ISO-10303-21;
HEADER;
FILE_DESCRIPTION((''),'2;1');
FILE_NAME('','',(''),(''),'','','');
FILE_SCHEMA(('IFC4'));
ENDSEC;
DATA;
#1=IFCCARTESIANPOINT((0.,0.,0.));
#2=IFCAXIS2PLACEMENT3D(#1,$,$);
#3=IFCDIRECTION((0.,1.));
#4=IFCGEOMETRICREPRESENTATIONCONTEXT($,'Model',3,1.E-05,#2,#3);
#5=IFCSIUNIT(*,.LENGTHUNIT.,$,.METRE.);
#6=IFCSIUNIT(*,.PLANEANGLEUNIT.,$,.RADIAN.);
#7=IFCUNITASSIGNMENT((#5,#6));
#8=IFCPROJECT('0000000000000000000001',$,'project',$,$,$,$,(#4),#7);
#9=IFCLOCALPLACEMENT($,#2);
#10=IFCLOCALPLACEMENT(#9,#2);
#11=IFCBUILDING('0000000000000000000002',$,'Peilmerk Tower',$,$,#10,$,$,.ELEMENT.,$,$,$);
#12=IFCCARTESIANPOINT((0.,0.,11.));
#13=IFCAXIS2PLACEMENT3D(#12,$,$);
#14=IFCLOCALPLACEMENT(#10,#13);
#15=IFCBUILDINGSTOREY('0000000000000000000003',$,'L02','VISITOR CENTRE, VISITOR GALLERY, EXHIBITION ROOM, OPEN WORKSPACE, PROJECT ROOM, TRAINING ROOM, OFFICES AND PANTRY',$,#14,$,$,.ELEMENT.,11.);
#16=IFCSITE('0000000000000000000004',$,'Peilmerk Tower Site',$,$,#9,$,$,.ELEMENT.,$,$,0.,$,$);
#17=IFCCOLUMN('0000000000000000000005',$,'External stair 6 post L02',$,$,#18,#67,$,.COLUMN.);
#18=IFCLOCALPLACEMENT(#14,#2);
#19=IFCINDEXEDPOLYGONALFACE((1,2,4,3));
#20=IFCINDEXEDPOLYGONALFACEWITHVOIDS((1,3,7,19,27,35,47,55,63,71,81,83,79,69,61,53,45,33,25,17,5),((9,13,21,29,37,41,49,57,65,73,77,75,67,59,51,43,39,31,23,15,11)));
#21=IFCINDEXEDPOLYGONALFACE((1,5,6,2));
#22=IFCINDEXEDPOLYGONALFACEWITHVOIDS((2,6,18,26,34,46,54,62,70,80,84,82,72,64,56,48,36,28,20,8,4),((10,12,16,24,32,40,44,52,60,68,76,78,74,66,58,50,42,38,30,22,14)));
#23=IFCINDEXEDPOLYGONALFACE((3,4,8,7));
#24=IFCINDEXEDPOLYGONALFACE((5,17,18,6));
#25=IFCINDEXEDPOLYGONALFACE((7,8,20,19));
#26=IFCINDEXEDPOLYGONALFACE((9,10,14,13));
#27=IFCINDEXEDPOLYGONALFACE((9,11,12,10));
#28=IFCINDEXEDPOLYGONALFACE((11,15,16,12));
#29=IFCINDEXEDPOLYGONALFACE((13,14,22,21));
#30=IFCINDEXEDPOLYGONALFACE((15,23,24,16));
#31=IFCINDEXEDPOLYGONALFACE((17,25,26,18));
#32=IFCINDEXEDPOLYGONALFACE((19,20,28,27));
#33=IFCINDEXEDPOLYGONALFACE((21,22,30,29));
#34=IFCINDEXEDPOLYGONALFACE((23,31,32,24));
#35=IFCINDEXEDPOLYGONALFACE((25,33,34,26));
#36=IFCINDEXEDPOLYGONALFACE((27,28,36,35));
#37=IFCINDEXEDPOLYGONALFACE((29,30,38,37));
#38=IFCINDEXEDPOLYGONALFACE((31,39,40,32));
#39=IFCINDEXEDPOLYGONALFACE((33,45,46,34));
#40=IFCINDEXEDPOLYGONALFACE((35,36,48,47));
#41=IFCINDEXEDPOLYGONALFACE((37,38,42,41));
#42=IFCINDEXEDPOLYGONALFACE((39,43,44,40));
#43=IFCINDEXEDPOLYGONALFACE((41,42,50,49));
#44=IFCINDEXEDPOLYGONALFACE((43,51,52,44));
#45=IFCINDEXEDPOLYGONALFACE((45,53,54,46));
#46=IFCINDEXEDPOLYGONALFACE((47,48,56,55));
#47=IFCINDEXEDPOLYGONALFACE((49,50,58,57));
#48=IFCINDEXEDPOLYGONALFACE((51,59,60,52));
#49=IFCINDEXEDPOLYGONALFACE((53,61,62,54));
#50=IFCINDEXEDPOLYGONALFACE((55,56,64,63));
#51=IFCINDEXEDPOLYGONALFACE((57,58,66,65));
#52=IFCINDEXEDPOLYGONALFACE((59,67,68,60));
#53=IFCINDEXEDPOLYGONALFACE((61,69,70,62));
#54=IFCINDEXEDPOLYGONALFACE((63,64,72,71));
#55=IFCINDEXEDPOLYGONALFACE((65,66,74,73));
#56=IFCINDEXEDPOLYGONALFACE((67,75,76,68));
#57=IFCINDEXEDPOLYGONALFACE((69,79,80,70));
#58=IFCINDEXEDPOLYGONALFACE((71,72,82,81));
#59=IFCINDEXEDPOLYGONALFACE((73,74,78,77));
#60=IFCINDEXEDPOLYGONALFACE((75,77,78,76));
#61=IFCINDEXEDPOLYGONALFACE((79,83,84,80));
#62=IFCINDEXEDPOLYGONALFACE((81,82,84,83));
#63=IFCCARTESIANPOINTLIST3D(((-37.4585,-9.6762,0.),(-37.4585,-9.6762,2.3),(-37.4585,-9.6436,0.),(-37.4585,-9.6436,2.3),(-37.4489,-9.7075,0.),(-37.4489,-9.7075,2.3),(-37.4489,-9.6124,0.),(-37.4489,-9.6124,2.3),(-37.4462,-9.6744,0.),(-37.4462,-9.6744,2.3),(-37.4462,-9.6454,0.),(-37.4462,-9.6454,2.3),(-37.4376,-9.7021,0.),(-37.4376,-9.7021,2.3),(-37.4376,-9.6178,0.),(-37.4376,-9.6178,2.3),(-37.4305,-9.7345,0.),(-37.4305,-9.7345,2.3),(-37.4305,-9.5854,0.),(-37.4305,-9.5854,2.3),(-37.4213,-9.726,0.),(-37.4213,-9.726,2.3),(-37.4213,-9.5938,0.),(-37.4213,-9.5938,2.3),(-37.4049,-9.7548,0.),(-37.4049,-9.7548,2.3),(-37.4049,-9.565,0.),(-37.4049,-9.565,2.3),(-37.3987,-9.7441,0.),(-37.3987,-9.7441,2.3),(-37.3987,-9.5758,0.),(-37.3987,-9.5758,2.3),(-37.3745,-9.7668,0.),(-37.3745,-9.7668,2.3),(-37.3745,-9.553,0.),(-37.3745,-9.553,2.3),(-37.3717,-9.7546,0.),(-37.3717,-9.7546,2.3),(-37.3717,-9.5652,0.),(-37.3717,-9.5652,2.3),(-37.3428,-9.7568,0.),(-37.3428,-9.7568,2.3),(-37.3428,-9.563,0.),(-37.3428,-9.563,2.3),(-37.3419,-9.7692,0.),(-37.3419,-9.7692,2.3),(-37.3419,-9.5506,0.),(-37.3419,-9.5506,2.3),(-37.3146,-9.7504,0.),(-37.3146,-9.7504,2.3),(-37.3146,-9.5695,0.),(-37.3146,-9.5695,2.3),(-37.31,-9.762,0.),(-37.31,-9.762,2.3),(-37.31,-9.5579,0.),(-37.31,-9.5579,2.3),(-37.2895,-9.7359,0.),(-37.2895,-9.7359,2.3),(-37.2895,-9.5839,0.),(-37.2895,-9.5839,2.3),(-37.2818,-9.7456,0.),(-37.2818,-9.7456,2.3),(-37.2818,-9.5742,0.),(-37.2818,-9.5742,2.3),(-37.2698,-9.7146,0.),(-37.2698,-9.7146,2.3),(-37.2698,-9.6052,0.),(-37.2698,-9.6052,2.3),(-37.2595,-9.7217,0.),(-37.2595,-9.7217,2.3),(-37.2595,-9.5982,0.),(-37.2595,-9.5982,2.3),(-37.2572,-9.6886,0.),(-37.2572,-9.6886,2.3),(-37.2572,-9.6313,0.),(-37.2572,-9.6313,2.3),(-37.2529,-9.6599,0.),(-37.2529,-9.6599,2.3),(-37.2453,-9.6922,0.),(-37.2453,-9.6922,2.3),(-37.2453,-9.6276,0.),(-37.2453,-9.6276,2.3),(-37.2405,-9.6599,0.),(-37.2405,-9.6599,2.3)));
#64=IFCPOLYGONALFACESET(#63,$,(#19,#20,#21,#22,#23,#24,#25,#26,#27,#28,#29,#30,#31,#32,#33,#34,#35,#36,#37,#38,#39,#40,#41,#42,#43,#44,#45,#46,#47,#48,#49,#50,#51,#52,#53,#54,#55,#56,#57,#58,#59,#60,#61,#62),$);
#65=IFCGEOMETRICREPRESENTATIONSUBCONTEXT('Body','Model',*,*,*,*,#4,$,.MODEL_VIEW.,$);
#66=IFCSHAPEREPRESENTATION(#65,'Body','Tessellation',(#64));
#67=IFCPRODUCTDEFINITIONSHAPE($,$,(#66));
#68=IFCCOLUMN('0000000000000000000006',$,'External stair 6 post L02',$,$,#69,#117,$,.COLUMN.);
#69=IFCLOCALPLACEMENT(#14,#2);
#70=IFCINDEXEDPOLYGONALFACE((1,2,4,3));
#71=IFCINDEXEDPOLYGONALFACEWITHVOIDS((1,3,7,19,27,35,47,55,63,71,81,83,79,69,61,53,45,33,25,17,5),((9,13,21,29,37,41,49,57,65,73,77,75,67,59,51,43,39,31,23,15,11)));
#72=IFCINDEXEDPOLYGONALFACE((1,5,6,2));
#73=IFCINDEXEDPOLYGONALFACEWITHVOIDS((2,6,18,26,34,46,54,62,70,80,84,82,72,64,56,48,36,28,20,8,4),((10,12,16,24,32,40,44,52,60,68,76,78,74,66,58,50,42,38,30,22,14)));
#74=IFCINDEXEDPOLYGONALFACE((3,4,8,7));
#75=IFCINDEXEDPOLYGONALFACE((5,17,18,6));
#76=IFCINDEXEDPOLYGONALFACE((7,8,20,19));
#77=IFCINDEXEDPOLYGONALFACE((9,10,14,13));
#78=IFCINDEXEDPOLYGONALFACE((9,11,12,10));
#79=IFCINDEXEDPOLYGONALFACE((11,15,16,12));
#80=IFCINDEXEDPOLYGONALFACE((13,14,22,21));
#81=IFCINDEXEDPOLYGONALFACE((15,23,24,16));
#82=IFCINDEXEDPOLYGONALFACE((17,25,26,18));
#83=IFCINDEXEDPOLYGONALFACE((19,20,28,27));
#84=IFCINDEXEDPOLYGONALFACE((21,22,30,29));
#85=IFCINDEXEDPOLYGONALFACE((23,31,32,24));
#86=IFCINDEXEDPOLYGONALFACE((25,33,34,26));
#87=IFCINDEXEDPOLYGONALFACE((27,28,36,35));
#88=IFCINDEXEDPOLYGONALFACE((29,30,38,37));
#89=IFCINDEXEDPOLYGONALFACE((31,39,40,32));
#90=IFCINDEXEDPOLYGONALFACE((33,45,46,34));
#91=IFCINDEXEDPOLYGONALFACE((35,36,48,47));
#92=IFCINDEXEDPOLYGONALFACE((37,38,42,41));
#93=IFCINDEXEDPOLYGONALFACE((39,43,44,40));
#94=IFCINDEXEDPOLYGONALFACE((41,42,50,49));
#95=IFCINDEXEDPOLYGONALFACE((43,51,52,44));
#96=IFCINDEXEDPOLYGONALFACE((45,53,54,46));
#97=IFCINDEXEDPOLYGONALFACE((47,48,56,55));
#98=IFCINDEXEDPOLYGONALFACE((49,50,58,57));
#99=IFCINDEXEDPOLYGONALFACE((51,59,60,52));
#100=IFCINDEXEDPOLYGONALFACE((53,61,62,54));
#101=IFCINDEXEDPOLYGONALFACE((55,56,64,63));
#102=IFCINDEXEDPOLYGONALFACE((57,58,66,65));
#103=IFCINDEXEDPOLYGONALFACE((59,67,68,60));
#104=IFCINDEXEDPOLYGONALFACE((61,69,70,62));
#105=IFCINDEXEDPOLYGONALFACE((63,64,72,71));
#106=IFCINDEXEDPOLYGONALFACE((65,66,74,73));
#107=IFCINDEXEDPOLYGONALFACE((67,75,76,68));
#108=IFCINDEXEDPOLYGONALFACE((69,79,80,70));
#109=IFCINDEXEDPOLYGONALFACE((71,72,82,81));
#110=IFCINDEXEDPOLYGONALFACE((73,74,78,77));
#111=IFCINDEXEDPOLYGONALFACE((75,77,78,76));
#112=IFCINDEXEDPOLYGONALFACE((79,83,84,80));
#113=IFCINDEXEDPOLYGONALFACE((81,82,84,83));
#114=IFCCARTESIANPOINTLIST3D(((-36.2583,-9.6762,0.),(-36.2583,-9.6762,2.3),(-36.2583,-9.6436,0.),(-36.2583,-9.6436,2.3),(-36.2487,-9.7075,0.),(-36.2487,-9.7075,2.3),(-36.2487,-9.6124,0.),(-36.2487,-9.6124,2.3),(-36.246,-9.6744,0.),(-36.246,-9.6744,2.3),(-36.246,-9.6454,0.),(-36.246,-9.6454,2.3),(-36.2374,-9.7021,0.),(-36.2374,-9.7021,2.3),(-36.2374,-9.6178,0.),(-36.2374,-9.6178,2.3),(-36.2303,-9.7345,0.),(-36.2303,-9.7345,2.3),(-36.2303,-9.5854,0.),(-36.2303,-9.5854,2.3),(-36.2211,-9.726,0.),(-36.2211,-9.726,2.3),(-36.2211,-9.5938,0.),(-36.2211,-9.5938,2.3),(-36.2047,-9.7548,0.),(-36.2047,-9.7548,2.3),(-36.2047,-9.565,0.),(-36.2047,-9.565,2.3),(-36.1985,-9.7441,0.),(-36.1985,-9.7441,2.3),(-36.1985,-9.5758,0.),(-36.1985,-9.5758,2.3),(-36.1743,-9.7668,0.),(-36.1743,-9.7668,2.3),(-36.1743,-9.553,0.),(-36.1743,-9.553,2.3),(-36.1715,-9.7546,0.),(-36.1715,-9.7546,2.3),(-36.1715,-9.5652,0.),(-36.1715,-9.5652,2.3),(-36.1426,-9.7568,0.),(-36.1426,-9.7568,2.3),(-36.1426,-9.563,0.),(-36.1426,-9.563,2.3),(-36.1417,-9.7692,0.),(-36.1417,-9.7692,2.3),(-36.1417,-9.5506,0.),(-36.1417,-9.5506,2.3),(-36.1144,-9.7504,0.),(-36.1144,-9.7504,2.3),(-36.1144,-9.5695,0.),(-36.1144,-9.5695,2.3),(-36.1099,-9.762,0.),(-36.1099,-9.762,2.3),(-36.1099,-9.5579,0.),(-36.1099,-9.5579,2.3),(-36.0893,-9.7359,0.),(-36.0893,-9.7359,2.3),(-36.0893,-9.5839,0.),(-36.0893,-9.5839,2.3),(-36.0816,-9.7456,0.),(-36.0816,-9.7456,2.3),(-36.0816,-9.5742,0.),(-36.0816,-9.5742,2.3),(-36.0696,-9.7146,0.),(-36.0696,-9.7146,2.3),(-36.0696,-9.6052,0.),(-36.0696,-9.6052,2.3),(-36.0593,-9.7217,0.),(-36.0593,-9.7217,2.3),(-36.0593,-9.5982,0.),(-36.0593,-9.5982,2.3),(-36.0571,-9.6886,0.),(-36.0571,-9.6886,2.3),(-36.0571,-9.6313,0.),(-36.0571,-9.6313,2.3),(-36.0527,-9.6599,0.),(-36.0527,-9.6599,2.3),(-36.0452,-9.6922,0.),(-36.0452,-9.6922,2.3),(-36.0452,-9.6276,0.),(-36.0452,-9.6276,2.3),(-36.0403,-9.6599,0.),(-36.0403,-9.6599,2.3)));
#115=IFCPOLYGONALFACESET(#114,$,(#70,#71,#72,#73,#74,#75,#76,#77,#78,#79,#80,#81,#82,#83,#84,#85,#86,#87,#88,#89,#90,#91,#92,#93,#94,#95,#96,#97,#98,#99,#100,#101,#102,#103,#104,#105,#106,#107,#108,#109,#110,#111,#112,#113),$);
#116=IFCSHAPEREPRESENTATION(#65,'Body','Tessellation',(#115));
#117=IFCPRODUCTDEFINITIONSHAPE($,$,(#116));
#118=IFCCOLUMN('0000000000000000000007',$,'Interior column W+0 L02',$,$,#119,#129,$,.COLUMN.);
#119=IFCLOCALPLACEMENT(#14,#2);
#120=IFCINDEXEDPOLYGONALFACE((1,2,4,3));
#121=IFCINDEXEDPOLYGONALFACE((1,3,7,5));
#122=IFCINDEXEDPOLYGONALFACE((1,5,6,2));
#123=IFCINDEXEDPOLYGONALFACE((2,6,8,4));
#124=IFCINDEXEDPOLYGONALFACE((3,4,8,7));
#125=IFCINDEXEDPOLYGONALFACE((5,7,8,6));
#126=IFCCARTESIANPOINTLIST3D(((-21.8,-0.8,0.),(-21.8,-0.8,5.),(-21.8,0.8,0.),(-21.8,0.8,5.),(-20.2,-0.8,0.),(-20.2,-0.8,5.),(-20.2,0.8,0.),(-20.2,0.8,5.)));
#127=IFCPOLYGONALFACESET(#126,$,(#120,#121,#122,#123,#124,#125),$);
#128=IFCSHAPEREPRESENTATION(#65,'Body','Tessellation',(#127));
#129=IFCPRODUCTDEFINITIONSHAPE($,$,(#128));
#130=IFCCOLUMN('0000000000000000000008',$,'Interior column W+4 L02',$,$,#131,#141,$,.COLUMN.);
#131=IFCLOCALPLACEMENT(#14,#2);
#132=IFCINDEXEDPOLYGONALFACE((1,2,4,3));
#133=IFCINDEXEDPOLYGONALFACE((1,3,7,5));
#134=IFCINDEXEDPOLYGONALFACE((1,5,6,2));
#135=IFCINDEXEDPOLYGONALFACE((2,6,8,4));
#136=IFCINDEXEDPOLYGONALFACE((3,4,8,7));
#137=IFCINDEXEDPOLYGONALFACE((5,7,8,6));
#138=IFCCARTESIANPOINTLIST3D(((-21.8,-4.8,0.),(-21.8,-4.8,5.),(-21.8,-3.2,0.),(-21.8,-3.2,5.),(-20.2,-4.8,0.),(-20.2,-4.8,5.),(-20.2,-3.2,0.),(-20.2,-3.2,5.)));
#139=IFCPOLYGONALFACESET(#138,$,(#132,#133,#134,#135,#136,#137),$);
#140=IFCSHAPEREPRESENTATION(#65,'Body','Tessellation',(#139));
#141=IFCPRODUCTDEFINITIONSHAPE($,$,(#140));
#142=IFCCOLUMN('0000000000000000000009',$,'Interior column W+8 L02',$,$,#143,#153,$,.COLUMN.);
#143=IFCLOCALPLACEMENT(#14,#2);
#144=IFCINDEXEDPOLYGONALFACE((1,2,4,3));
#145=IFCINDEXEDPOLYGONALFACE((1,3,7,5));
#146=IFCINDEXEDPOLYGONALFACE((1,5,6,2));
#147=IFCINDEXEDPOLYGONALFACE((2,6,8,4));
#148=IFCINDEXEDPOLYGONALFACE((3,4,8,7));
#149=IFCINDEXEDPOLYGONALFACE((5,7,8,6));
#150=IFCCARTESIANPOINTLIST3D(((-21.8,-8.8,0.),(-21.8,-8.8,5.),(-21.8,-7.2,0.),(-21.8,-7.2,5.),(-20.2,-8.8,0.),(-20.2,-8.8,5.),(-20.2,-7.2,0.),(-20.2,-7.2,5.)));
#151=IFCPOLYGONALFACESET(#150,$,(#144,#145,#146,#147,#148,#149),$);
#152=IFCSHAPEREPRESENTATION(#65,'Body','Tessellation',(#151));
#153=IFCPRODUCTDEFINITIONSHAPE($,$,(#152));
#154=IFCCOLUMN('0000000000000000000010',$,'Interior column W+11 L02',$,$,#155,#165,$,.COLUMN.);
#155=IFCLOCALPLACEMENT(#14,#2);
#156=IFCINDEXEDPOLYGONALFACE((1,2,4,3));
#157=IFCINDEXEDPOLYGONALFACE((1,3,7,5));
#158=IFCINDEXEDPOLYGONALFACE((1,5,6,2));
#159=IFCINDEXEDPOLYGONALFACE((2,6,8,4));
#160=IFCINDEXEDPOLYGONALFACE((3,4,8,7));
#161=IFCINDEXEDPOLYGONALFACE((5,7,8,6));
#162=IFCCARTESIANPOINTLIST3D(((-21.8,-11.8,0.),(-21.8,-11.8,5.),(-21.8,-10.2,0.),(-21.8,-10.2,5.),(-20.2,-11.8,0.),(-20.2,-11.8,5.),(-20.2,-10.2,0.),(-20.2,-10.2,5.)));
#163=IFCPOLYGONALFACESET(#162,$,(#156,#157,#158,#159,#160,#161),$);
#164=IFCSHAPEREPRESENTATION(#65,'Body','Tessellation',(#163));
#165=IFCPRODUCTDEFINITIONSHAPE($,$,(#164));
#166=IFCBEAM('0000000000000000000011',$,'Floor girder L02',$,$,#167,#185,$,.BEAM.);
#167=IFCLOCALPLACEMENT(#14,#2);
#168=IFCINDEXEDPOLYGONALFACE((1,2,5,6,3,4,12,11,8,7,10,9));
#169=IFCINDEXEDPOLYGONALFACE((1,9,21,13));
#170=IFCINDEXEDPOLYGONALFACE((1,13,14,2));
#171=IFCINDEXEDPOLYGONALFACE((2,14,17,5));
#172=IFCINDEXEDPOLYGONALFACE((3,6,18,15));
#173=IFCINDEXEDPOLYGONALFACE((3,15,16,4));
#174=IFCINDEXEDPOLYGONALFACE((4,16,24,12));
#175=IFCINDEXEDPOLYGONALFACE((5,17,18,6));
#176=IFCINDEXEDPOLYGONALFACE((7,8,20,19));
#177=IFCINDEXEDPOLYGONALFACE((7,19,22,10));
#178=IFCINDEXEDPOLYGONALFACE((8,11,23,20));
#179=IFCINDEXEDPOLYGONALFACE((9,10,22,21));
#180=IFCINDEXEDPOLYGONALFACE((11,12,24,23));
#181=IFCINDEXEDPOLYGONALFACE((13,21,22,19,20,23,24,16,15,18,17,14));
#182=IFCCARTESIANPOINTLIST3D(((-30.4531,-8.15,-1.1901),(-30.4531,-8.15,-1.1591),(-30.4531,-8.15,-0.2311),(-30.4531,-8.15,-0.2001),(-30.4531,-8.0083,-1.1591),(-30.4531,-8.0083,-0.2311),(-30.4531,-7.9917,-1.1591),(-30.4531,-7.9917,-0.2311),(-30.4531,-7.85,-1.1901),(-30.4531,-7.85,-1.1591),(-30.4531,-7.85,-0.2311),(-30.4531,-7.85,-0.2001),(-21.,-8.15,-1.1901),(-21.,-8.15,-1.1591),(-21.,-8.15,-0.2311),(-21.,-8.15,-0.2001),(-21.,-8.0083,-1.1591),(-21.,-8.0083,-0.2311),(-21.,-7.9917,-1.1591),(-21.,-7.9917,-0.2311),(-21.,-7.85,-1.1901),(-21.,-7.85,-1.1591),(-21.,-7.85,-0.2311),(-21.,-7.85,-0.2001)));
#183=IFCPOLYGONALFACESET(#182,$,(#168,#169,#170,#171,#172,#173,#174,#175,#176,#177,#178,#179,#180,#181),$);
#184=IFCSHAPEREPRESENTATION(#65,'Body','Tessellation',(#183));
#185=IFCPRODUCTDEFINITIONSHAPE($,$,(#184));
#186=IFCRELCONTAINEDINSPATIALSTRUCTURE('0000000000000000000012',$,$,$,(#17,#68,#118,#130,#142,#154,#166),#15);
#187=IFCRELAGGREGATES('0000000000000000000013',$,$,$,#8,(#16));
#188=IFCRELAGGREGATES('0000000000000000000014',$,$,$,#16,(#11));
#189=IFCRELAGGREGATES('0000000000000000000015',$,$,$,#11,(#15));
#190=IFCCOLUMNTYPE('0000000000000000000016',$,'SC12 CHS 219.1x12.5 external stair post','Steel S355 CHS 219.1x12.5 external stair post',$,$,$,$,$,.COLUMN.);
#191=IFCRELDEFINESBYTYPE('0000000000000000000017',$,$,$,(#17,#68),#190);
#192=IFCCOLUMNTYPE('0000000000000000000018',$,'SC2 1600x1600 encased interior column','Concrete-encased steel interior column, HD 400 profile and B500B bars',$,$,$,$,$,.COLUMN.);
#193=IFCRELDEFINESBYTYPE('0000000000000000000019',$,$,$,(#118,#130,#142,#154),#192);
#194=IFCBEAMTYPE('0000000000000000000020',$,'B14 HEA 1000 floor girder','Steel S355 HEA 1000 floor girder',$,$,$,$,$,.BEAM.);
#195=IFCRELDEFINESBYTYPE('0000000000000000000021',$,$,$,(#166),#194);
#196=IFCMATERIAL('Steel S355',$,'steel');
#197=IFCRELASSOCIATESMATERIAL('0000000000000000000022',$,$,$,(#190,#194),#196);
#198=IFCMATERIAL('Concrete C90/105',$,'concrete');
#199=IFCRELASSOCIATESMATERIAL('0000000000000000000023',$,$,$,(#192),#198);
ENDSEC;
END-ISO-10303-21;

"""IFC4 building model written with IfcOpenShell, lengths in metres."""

from ifc_helpers import new_model, si_unit, direction, frame, origin, origin_2d, place, context, subcontext, project, spatial, rectangle, hollow_circle, i_section, extrude, material, material_profile, profile_set, type_object, element, save


model = new_model("IFC4")

# Units and contexts
model_context = context("Model", 3, precision=1e-05, world=origin(), true_north=direction((0.0, 1.0)))
body_context = subcontext(model_context, "Body", "Model", "MODEL_VIEW")
ifc_project = project(units=[si_unit("LENGTHUNIT", "METRE"), si_unit("PLANEANGLEUNIT", "RADIAN")], contexts=[model_context])

# Site, building, storey
site_placement = place(None, origin())
site = spatial("IfcSite", under=ifc_project, at=site_placement, Name="Peilmerk Tower Site", CompositionType="ELEMENT", RefElevation=0.0)
building_placement = place(site_placement, origin())
building = spatial("IfcBuilding", under=site, at=building_placement, Name="Peilmerk Tower", CompositionType="ELEMENT")
storey_placement = place(building_placement, frame((0.0, 0.0, 11.0)))
storey = spatial("IfcBuildingStorey", under=building, at=storey_placement, Name="L02", Description="VISITOR CENTRE, VISITOR GALLERY, EXHIBITION ROOM, OPEN WORKSPACE, PROJECT ROOM, TRAINING ROOM, OFFICES AND PANTRY", CompositionType="ELEMENT", Elevation=11.0)

# Columns
ifc_material_1 = material(Name="Concrete C90/105", Category="concrete")
ifc_material_2 = material(Name="Steel S355", Category="steel")
ifc_material_profile_1 = material_profile(ifc_material_2, hollow_circle(Radius=0.1096, WallThickness=0.0125, at=origin_2d()), Name="CHS 219.1x12.5")
ifc_profile_set_1 = profile_set([ifc_material_profile_1], Name="Steel S355")
column_type_1 = type_object("IfcColumnType", Name="SC12 CHS 219.1x12.5 external stair post", Description="Steel S355 CHS 219.1x12.5 external stair post", PredefinedType="COLUMN", material=ifc_profile_set_1)
for number, where, z_axis, x_axis, name in (
    (1, (-37.3501, -9.6599, 0.0), (0.0, 0.0, 1.0), (1.0, 0.0, 0.0), "External stair 6 post L02"),
    (2, (-36.1499, -9.6599, 0.0), (0.0, 0.0, 1.0), (1.0, 0.0, 0.0), "External stair 6 post L02"),
):
    element("IfcColumn", number, at=place(storey_placement, frame(where, z_axis=z_axis, x_axis=x_axis)), inside=storey, type_object=column_type_1, Name=name, PredefinedType="COLUMN", context=body_context, shape_type="SweptSolid", body=[
        extrude(hollow_circle(Radius=0.1096, WallThickness=0.0125, at=origin_2d()), origin(), (0.0, 0.0, 1.0), 2.3),
    ])
ifc_material_profile_2 = material_profile(ifc_material_1, rectangle(XDim=1.6001, YDim=1.6001, at=origin_2d()), Name="RC 1600x1600")
ifc_profile_set_2 = profile_set([ifc_material_profile_2], Name="Concrete C90/105")
column_type_2 = type_object("IfcColumnType", Name="SC2 1600x1600 encased interior column", Description="Concrete-encased steel interior column, HD 400 profile and B500B bars", PredefinedType="COLUMN", material=ifc_profile_set_2)
for number, where, z_axis, x_axis, name in (
    (3, (-21.0, 0.0, 0.0), (0.0, 0.0, 1.0), (1.0, 0.0, 0.0), "Interior column W+0 L02"),
    (4, (-21.0, -4.0, 0.0), (0.0, 0.0, 1.0), (1.0, 0.0, 0.0), "Interior column W+4 L02"),
    (5, (-21.0, -8.0, 0.0), (0.0, 0.0, 1.0), (1.0, 0.0, 0.0), "Interior column W+8 L02"),
    (6, (-21.0, -11.0, 0.0), (0.0, 0.0, 1.0), (1.0, 0.0, 0.0), "Interior column W+11 L02"),
):
    element("IfcColumn", number, at=place(storey_placement, frame(where, z_axis=z_axis, x_axis=x_axis)), inside=storey, type_object=column_type_2, Name=name, PredefinedType="COLUMN", context=body_context, shape_type="SweptSolid", body=[
        extrude(rectangle(XDim=1.6001, YDim=1.6001, at=origin_2d()), origin(), (0.0, 0.0, 1.0), 5.0),
    ])

# Beam
ifc_material_profile_3 = material_profile(ifc_material_2, i_section(OverallWidth=0.3, OverallDepth=0.99, WebThickness=0.0166, FlangeThickness=0.031, at=origin_2d()), Name="HEA 1000")
ifc_profile_set_3 = profile_set([ifc_material_profile_3], Name="Steel S355")
beam_type_1 = type_object("IfcBeamType", Name="B14 HEA 1000 floor girder", Description="Steel S355 HEA 1000 floor girder", PredefinedType="BEAM", material=ifc_profile_set_3)
beam_1_placement = place(storey_placement, frame((-21.0, -8.0, -0.6951), z_axis=(-1.0, 0.0, 0.0), x_axis=(0.0, -1.0, 0.0)))
element("IfcBeam", 7, at=beam_1_placement, inside=storey, type_object=beam_type_1, Name="Floor girder L02", PredefinedType="BEAM", context=body_context, shape_type="SweptSolid", body=[
    extrude(i_section(OverallWidth=0.3, OverallDepth=0.99, WebThickness=0.0166, FlangeThickness=0.031, at=origin_2d()), origin(), (0.0, 0.0, 1.0), 9.4531),
])

save(model, "model.ifc")
